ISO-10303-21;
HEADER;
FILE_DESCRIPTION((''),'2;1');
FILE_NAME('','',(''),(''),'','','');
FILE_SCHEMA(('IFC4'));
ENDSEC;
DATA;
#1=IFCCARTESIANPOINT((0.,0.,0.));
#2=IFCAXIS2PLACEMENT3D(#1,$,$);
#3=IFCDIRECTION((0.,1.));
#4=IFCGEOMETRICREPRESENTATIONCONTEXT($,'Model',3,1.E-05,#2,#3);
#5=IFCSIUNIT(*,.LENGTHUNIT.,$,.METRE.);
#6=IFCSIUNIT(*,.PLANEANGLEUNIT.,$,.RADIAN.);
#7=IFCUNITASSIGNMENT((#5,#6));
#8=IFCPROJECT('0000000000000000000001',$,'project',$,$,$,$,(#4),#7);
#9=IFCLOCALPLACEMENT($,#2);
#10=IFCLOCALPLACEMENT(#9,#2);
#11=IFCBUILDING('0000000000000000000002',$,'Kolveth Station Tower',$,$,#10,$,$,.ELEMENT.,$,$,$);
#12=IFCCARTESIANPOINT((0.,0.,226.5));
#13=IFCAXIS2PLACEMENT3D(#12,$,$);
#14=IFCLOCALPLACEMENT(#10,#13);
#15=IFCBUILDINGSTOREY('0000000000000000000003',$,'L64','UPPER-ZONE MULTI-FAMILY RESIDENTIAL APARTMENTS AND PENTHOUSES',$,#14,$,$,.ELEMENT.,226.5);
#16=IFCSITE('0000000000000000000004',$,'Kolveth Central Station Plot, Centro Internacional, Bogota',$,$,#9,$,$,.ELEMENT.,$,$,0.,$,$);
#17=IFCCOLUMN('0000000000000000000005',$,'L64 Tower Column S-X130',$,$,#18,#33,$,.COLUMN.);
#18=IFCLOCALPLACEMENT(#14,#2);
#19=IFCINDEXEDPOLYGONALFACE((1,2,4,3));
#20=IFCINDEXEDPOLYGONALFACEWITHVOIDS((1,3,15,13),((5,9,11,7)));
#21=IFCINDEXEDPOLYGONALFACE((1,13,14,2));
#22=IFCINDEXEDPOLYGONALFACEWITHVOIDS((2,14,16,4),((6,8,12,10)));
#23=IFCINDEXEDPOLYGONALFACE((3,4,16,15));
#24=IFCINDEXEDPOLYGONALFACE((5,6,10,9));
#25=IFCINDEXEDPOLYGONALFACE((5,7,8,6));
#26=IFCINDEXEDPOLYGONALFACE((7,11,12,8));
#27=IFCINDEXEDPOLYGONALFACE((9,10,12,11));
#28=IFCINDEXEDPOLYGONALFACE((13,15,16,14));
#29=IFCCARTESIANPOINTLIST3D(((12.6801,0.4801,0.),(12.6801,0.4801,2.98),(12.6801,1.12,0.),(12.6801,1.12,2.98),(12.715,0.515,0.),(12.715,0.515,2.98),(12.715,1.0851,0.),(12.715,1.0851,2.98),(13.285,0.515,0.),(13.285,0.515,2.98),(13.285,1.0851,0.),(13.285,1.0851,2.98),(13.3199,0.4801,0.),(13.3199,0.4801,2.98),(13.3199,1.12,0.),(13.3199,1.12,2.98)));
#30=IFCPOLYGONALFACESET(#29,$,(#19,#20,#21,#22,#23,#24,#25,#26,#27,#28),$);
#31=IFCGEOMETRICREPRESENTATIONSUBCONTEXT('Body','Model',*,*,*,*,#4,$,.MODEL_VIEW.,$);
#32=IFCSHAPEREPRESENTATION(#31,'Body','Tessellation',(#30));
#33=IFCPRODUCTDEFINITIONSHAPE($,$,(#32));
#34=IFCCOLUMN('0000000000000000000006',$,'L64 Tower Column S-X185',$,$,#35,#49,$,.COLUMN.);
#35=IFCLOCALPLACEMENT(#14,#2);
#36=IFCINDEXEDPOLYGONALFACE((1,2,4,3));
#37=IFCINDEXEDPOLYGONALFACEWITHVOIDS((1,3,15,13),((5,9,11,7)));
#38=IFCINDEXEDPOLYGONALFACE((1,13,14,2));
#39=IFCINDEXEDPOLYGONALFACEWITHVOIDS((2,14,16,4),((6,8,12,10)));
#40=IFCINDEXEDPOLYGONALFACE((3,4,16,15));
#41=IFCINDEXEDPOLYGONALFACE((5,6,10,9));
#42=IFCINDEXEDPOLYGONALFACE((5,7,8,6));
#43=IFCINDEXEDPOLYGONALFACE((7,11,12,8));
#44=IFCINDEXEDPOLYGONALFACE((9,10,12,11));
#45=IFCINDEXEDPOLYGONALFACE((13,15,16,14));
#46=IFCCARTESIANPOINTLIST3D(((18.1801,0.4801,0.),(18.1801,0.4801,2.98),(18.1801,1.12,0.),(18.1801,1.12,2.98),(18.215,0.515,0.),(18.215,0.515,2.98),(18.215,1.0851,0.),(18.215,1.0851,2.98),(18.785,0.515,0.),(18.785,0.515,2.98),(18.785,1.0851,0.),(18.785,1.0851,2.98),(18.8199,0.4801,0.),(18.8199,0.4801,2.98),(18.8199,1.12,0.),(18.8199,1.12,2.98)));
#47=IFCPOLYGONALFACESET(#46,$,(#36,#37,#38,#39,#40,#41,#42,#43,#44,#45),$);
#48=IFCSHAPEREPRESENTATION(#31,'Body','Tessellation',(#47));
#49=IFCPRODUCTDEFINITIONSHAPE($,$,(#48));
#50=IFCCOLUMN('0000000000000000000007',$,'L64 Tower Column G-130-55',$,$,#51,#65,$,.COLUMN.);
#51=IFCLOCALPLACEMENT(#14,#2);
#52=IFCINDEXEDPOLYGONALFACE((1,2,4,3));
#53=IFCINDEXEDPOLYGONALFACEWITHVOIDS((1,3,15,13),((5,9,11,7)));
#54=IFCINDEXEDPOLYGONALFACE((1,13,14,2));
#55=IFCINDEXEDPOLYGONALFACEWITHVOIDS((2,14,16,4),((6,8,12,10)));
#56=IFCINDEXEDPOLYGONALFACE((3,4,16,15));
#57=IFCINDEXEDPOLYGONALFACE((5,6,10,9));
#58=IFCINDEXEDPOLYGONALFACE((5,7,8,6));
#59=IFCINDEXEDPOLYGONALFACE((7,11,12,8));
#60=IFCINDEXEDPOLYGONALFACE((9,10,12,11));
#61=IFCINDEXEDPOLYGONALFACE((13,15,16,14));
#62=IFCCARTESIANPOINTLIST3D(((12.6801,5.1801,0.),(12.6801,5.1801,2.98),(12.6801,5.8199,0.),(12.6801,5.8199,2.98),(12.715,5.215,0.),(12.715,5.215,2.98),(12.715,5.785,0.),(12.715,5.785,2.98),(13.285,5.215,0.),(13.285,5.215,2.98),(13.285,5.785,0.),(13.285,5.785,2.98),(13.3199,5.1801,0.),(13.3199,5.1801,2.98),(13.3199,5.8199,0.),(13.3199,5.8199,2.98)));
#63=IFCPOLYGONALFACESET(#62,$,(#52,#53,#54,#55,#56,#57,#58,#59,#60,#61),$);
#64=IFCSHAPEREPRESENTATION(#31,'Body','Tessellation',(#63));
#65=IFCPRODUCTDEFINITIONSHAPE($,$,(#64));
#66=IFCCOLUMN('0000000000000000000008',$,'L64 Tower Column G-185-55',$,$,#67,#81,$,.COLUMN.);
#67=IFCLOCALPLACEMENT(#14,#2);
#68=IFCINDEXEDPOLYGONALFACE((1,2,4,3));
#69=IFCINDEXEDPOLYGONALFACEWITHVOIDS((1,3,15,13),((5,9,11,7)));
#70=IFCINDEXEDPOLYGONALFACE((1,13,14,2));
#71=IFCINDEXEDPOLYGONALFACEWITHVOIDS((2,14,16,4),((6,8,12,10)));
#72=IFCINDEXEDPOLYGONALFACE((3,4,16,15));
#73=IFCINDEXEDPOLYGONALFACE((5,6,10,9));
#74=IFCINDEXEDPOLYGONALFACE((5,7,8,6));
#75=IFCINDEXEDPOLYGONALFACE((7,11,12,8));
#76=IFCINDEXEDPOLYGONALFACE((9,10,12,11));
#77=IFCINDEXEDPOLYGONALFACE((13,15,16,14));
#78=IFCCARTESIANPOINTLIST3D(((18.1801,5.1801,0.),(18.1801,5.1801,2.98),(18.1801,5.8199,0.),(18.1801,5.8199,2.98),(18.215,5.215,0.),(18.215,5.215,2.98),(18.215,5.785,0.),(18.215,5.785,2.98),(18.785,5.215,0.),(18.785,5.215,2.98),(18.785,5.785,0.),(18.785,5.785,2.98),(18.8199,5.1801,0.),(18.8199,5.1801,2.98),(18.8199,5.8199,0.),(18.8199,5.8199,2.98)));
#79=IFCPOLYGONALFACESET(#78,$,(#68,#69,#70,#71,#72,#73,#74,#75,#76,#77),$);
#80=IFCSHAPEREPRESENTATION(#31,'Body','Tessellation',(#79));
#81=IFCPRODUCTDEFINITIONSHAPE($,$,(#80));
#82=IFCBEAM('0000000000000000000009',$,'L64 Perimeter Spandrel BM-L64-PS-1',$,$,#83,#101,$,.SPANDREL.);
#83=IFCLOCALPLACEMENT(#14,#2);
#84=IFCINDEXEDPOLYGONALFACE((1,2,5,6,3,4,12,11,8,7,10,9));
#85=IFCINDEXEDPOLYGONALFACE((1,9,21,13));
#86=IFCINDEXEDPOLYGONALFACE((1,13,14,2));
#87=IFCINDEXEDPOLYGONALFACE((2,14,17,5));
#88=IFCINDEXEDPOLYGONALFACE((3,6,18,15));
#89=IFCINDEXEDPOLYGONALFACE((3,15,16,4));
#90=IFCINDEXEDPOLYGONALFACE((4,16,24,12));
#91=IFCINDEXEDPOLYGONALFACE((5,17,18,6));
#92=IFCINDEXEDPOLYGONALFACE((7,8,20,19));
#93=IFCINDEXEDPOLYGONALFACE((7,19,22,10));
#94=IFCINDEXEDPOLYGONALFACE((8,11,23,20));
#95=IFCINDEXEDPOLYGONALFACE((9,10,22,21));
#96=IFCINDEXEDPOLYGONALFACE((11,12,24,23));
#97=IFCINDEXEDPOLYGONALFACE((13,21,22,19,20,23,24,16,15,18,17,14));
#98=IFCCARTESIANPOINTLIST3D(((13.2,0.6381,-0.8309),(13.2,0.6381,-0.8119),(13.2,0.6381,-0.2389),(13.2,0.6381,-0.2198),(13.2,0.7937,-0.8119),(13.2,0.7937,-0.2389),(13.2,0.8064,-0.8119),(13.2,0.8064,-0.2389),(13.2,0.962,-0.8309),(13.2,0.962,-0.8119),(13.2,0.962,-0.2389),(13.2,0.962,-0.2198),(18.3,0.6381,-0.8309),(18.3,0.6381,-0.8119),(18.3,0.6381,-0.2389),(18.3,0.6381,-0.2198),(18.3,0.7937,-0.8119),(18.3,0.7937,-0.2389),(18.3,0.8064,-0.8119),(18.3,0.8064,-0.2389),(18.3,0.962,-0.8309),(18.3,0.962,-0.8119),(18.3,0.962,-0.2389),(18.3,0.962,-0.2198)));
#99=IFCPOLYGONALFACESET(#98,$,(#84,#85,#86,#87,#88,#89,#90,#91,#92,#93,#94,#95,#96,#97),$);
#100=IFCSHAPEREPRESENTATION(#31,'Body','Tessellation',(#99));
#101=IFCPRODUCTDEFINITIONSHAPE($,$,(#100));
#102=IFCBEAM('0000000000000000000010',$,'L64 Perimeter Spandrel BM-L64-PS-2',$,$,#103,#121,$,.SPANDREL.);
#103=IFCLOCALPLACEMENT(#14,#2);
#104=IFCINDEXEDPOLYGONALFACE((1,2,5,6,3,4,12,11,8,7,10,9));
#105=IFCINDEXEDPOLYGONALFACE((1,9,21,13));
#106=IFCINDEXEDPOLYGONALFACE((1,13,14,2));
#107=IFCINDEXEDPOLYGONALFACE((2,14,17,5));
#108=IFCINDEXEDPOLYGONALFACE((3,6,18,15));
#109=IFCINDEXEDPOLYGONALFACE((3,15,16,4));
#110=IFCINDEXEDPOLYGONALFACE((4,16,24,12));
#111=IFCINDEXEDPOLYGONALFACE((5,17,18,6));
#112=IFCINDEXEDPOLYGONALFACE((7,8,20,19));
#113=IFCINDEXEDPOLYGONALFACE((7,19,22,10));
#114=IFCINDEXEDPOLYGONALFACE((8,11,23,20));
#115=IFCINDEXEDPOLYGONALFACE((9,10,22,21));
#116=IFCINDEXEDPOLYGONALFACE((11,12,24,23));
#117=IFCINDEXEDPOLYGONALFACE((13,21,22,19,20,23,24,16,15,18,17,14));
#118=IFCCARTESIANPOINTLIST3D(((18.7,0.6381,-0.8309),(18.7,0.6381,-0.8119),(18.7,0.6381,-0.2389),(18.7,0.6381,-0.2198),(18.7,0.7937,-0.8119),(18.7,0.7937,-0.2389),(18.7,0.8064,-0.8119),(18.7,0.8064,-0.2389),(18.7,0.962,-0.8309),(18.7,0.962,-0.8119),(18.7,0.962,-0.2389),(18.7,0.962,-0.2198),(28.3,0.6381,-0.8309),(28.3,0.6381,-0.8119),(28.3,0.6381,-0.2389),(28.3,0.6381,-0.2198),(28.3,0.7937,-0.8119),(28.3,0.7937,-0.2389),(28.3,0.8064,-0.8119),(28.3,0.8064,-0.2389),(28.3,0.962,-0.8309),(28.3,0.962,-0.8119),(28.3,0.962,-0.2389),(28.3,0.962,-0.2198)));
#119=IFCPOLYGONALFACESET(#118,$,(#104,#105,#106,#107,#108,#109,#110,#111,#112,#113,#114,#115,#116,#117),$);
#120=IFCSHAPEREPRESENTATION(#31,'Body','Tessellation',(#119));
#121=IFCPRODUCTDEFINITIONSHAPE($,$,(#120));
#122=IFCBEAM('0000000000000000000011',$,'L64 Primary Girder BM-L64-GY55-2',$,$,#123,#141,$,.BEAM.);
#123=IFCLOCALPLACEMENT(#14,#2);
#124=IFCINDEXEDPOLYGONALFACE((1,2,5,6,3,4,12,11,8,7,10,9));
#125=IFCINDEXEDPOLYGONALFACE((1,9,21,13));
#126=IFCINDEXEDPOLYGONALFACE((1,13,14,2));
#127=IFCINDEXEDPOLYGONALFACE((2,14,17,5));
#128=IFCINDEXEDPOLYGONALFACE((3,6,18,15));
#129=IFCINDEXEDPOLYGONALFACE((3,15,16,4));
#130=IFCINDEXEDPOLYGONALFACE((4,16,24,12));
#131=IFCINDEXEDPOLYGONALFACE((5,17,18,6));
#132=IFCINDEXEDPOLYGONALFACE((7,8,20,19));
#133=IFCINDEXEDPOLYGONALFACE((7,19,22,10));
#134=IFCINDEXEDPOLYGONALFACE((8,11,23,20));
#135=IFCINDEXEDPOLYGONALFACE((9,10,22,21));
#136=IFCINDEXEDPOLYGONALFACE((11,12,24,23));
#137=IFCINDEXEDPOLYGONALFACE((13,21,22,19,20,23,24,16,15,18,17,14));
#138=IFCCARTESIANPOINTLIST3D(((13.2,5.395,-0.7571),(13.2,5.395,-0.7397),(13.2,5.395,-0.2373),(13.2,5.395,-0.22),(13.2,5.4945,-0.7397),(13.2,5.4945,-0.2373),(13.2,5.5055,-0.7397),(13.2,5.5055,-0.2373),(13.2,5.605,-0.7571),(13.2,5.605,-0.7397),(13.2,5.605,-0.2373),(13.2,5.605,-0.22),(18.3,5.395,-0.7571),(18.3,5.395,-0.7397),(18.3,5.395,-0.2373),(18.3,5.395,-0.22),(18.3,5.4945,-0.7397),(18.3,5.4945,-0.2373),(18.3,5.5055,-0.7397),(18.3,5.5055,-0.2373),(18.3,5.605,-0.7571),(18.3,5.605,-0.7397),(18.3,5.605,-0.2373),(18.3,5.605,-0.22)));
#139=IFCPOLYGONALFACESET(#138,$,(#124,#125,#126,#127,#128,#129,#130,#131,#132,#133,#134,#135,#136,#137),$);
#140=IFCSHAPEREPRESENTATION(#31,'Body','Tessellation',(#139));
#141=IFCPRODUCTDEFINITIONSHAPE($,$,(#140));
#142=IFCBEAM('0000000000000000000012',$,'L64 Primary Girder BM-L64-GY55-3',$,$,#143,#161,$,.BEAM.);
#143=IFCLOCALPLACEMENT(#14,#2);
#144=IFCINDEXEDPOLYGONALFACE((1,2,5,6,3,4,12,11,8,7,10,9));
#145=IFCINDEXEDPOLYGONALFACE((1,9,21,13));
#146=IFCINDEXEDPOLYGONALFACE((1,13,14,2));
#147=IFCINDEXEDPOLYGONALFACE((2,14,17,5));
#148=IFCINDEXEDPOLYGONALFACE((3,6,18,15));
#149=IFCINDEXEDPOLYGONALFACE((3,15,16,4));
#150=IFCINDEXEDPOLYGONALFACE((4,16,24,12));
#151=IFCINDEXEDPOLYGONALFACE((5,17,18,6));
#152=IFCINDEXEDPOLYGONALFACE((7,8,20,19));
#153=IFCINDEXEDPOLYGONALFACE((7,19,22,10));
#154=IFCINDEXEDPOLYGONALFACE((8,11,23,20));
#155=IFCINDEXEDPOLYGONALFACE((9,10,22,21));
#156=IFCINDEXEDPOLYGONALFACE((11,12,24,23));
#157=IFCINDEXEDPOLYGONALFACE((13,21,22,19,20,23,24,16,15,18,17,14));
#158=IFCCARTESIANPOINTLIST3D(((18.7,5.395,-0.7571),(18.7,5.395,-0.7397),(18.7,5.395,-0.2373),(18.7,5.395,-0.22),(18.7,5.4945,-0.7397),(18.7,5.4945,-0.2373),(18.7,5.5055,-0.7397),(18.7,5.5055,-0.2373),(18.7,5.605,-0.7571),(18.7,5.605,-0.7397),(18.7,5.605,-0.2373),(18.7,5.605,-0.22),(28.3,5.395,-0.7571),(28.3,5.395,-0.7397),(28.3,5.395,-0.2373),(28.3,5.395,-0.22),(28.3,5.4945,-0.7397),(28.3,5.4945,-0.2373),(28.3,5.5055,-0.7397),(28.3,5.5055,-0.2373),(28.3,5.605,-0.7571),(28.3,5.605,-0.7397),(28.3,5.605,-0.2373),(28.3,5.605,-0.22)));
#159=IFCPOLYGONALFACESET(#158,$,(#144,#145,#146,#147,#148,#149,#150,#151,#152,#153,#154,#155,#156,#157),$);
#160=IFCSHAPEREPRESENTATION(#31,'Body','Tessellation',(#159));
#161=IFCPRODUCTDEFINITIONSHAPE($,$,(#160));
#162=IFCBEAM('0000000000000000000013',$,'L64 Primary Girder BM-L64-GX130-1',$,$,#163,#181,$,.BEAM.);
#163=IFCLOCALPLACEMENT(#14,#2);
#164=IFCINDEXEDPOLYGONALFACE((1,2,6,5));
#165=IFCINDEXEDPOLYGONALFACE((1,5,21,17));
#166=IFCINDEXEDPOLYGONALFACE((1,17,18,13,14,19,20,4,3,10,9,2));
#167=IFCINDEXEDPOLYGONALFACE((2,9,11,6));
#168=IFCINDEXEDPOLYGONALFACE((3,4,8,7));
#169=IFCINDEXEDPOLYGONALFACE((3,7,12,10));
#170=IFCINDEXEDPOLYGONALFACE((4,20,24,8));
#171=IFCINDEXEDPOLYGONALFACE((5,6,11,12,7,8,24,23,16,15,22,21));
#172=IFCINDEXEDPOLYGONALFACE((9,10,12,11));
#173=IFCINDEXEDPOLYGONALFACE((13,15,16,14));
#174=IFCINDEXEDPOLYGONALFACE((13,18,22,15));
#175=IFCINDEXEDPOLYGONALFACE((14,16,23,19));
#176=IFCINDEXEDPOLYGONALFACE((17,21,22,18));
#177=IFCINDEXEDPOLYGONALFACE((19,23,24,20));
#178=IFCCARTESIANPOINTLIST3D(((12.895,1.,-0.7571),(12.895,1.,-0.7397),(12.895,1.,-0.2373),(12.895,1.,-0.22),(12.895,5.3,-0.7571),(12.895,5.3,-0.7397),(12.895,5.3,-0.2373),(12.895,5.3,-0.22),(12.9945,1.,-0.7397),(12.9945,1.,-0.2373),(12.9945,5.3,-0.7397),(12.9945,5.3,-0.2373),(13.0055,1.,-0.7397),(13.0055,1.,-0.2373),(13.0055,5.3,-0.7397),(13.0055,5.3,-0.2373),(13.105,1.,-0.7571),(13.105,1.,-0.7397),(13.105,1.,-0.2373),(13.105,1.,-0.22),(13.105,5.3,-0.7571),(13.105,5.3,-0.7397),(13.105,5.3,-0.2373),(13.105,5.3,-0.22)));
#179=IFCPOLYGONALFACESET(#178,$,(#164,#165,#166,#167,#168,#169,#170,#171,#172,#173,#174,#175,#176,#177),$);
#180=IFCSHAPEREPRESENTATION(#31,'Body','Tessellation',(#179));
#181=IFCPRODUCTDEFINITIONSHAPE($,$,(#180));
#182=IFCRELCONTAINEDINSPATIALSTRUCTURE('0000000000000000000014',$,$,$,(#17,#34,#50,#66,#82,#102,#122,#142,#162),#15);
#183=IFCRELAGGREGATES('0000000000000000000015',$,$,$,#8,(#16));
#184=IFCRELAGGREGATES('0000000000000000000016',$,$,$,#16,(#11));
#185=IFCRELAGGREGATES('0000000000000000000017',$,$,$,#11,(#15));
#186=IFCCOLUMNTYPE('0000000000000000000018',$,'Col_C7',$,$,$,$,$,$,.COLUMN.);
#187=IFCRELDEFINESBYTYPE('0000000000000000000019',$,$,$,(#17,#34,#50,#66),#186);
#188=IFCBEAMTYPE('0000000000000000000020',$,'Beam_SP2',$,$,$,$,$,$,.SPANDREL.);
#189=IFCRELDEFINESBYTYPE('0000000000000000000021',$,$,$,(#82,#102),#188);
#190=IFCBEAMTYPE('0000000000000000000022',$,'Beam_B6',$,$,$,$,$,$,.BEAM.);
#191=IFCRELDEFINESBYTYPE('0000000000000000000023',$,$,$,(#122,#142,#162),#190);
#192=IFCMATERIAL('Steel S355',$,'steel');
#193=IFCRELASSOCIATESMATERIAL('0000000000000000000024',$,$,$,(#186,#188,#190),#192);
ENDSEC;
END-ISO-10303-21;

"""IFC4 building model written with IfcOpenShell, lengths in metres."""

from ifc_helpers import new_model, si_unit, direction, frame, origin, origin_2d, place, context, subcontext, project, spatial, hollow_rectangle, i_section, extrude, source, transform, mapped, material, material_profile, profile_set, type_object, element, save


model = new_model("IFC4")

# Units and contexts
model_context = context("Model", 3, precision=1e-05, world=origin(), true_north=direction((0.0, 1.0)))
body_context = subcontext(model_context, "Body", "Model", "MODEL_VIEW")
ifc_project = project(units=[si_unit("LENGTHUNIT", "METRE"), si_unit("PLANEANGLEUNIT", "RADIAN")], contexts=[model_context])

# Site, building, storey
site_placement = place(None, origin())
site = spatial("IfcSite", under=ifc_project, at=site_placement, Name="Kolveth Central Station Plot, Centro Internacional, Bogota", CompositionType="ELEMENT", RefElevation=0.0)
building_placement = place(site_placement, origin())
building = spatial("IfcBuilding", under=site, at=building_placement, Name="Kolveth Station Tower", CompositionType="ELEMENT")
storey_placement = place(building_placement, frame((0.0, 0.0, 226.5)))
storey = spatial("IfcBuildingStorey", under=building, at=storey_placement, Name="L64", Description="UPPER-ZONE MULTI-FAMILY RESIDENTIAL APARTMENTS AND PENTHOUSES", CompositionType="ELEMENT", Elevation=226.5)

# Columns
ifc_material_1 = material(Name="Steel S355", Category="steel")
ifc_material_profile_1 = material_profile(ifc_material_1, hollow_rectangle(XDim=0.6399, YDim=0.6399, WallThickness=0.0349, at=origin_2d()), Name="BOX640x640x35")
ifc_profile_set_1 = profile_set([ifc_material_profile_1], Name="Steel S355")
column_type = type_object("IfcColumnType", Name="Col_C7", PredefinedType="COLUMN", material=ifc_profile_set_1)
shared_shape_1 = source(origin(), body_context, "Body", "SweptSolid", [
    extrude(hollow_rectangle(XDim=0.6399, YDim=0.6399, WallThickness=0.0349, at=origin_2d()), origin(), (0.0, 0.0, 1.0), 2.98),
])
for number, where, z_axis, x_axis, name in (
    (1, (13.0, 0.8, 0.0), (0.0, 0.0, 1.0), (1.0, 0.0, 0.0), "L64 Tower Column S-X130"),
    (2, (18.5, 0.8, 0.0), (0.0, 0.0, 1.0), (1.0, 0.0, 0.0), "L64 Tower Column S-X185"),
    (3, (13.0, 5.5, 0.0), (0.0, 0.0, 1.0), (1.0, 0.0, 0.0), "L64 Tower Column G-130-55"),
    (4, (18.5, 5.5, 0.0), (0.0, 0.0, 1.0), (1.0, 0.0, 0.0), "L64 Tower Column G-185-55"),
):
    element("IfcColumn", number, at=place(storey_placement, frame(where, z_axis=z_axis, x_axis=x_axis)), inside=storey, type_object=column_type, Name=name, PredefinedType="COLUMN", context=body_context, shape_type="MappedRepresentation", body=[
        mapped(shared_shape_1, transform((0.0, 0.0, 0.0), x_axis=(1.0, 0.0, 0.0), y_axis=(0.0, 1.0, 0.0), z_axis=(0.0, 0.0, 1.0), scale=1.0)),
    ])

# Beams
ifc_material_profile_2 = material_profile(ifc_material_1, i_section(OverallWidth=0.324, OverallDepth=0.6111, WebThickness=0.0127, FlangeThickness=0.019, at=origin_2d()), Name="W610x155")
ifc_profile_set_2 = profile_set([ifc_material_profile_2], Name="Steel S355")
beam_type_1 = type_object("IfcBeamType", Name="Beam_SP2", PredefinedType="SPANDREL", material=ifc_profile_set_2)
shared_shape_2 = source(origin(), body_context, "Body", "SweptSolid", [
    extrude(i_section(OverallWidth=0.324, OverallDepth=0.6111, WebThickness=0.0127, FlangeThickness=0.019, at=origin_2d()), origin(), (0.0, 0.0, 1.0), 5.1001),
])
beam_1_placement = place(storey_placement, frame((13.2, 0.8, -0.5254), z_axis=(1.0, 0.0, 0.0), x_axis=(0.0, 1.0, 0.0)))
element("IfcBeam", 5, at=beam_1_placement, inside=storey, type_object=beam_type_1, Name="L64 Perimeter Spandrel BM-L64-PS-1", PredefinedType="SPANDREL", context=body_context, shape_type="MappedRepresentation", body=[
    mapped(shared_shape_2, transform((0.0, 0.0, 0.0), x_axis=(1.0, 0.0, 0.0), y_axis=(0.0, 1.0, 0.0), z_axis=(0.0, 0.0, 1.0), scale=1.0)),
])
shared_shape_3 = source(origin(), body_context, "Body", "SweptSolid", [
    extrude(i_section(OverallWidth=0.324, OverallDepth=0.6111, WebThickness=0.0127, FlangeThickness=0.019, at=origin_2d()), origin(), (0.0, 0.0, 1.0), 9.6001),
])
beam_2_placement = place(storey_placement, frame((18.7, 0.8, -0.5254), z_axis=(1.0, 0.0, 0.0), x_axis=(0.0, 1.0, 0.0)))
element("IfcBeam", 6, at=beam_2_placement, inside=storey, type_object=beam_type_1, Name="L64 Perimeter Spandrel BM-L64-PS-2", PredefinedType="SPANDREL", context=body_context, shape_type="MappedRepresentation", body=[
    mapped(shared_shape_3, transform((0.0, 0.0, 0.0), x_axis=(1.0, 0.0, 0.0), y_axis=(0.0, 1.0, 0.0), z_axis=(0.0, 0.0, 1.0), scale=1.0)),
])
ifc_material_profile_3 = material_profile(ifc_material_1, i_section(OverallWidth=0.21, OverallDepth=0.5371, WebThickness=0.011, FlangeThickness=0.0173, at=origin_2d()), Name="W530x101")
ifc_profile_set_3 = profile_set([ifc_material_profile_3], Name="Steel S355")
beam_type_2 = type_object("IfcBeamType", Name="Beam_B6", PredefinedType="BEAM", material=ifc_profile_set_3)
shared_shape_4 = source(origin(), body_context, "Body", "SweptSolid", [
    extrude(i_section(OverallWidth=0.21, OverallDepth=0.5371, WebThickness=0.011, FlangeThickness=0.0173, at=origin_2d()), origin(), (0.0, 0.0, 1.0), 5.1001),
])
beam_3_placement = place(storey_placement, frame((13.2, 5.5, -0.4885), z_axis=(1.0, 0.0, 0.0), x_axis=(0.0, 1.0, 0.0)))
element("IfcBeam", 7, at=beam_3_placement, inside=storey, type_object=beam_type_2, Name="L64 Primary Girder BM-L64-GY55-2", PredefinedType="BEAM", context=body_context, shape_type="MappedRepresentation", body=[
    mapped(shared_shape_4, transform((0.0, 0.0, 0.0), x_axis=(1.0, 0.0, 0.0), y_axis=(0.0, 1.0, 0.0), z_axis=(0.0, 0.0, 1.0), scale=1.0)),
])
shared_shape_5 = source(origin(), body_context, "Body", "SweptSolid", [
    extrude(i_section(OverallWidth=0.21, OverallDepth=0.5371, WebThickness=0.011, FlangeThickness=0.0173, at=origin_2d()), origin(), (0.0, 0.0, 1.0), 9.6001),
])
beam_4_placement = place(storey_placement, frame((18.7, 5.5, -0.4885), z_axis=(1.0, 0.0, 0.0), x_axis=(0.0, 1.0, 0.0)))
element("IfcBeam", 8, at=beam_4_placement, inside=storey, type_object=beam_type_2, Name="L64 Primary Girder BM-L64-GY55-3", PredefinedType="BEAM", context=body_context, shape_type="MappedRepresentation", body=[
    mapped(shared_shape_5, transform((0.0, 0.0, 0.0), x_axis=(1.0, 0.0, 0.0), y_axis=(0.0, 1.0, 0.0), z_axis=(0.0, 0.0, 1.0), scale=1.0)),
])
shared_shape_6 = source(origin(), body_context, "Body", "SweptSolid", [
    extrude(i_section(OverallWidth=0.21, OverallDepth=0.5371, WebThickness=0.011, FlangeThickness=0.0173, at=origin_2d()), origin(), (0.0, 0.0, 1.0), 4.3),
])
for number, where, z_axis, x_axis, name in (
    (9, (13.0, 1.0, -0.4885), (0.0, 1.0, 0.0), (-1.0, 0.0, 0.0), "L64 Primary Girder BM-L64-GX130-1"),
):
    element("IfcBeam", number, at=place(storey_placement, frame(where, z_axis=z_axis, x_axis=x_axis)), inside=storey, type_object=beam_type_2, Name=name, PredefinedType="BEAM", context=body_context, shape_type="MappedRepresentation", body=[
        mapped(shared_shape_6, transform((0.0, 0.0, 0.0), x_axis=(1.0, 0.0, 0.0), y_axis=(0.0, 1.0, 0.0), z_axis=(0.0, 0.0, 1.0), scale=1.0)),
    ])

save(model, "model.ifc")
